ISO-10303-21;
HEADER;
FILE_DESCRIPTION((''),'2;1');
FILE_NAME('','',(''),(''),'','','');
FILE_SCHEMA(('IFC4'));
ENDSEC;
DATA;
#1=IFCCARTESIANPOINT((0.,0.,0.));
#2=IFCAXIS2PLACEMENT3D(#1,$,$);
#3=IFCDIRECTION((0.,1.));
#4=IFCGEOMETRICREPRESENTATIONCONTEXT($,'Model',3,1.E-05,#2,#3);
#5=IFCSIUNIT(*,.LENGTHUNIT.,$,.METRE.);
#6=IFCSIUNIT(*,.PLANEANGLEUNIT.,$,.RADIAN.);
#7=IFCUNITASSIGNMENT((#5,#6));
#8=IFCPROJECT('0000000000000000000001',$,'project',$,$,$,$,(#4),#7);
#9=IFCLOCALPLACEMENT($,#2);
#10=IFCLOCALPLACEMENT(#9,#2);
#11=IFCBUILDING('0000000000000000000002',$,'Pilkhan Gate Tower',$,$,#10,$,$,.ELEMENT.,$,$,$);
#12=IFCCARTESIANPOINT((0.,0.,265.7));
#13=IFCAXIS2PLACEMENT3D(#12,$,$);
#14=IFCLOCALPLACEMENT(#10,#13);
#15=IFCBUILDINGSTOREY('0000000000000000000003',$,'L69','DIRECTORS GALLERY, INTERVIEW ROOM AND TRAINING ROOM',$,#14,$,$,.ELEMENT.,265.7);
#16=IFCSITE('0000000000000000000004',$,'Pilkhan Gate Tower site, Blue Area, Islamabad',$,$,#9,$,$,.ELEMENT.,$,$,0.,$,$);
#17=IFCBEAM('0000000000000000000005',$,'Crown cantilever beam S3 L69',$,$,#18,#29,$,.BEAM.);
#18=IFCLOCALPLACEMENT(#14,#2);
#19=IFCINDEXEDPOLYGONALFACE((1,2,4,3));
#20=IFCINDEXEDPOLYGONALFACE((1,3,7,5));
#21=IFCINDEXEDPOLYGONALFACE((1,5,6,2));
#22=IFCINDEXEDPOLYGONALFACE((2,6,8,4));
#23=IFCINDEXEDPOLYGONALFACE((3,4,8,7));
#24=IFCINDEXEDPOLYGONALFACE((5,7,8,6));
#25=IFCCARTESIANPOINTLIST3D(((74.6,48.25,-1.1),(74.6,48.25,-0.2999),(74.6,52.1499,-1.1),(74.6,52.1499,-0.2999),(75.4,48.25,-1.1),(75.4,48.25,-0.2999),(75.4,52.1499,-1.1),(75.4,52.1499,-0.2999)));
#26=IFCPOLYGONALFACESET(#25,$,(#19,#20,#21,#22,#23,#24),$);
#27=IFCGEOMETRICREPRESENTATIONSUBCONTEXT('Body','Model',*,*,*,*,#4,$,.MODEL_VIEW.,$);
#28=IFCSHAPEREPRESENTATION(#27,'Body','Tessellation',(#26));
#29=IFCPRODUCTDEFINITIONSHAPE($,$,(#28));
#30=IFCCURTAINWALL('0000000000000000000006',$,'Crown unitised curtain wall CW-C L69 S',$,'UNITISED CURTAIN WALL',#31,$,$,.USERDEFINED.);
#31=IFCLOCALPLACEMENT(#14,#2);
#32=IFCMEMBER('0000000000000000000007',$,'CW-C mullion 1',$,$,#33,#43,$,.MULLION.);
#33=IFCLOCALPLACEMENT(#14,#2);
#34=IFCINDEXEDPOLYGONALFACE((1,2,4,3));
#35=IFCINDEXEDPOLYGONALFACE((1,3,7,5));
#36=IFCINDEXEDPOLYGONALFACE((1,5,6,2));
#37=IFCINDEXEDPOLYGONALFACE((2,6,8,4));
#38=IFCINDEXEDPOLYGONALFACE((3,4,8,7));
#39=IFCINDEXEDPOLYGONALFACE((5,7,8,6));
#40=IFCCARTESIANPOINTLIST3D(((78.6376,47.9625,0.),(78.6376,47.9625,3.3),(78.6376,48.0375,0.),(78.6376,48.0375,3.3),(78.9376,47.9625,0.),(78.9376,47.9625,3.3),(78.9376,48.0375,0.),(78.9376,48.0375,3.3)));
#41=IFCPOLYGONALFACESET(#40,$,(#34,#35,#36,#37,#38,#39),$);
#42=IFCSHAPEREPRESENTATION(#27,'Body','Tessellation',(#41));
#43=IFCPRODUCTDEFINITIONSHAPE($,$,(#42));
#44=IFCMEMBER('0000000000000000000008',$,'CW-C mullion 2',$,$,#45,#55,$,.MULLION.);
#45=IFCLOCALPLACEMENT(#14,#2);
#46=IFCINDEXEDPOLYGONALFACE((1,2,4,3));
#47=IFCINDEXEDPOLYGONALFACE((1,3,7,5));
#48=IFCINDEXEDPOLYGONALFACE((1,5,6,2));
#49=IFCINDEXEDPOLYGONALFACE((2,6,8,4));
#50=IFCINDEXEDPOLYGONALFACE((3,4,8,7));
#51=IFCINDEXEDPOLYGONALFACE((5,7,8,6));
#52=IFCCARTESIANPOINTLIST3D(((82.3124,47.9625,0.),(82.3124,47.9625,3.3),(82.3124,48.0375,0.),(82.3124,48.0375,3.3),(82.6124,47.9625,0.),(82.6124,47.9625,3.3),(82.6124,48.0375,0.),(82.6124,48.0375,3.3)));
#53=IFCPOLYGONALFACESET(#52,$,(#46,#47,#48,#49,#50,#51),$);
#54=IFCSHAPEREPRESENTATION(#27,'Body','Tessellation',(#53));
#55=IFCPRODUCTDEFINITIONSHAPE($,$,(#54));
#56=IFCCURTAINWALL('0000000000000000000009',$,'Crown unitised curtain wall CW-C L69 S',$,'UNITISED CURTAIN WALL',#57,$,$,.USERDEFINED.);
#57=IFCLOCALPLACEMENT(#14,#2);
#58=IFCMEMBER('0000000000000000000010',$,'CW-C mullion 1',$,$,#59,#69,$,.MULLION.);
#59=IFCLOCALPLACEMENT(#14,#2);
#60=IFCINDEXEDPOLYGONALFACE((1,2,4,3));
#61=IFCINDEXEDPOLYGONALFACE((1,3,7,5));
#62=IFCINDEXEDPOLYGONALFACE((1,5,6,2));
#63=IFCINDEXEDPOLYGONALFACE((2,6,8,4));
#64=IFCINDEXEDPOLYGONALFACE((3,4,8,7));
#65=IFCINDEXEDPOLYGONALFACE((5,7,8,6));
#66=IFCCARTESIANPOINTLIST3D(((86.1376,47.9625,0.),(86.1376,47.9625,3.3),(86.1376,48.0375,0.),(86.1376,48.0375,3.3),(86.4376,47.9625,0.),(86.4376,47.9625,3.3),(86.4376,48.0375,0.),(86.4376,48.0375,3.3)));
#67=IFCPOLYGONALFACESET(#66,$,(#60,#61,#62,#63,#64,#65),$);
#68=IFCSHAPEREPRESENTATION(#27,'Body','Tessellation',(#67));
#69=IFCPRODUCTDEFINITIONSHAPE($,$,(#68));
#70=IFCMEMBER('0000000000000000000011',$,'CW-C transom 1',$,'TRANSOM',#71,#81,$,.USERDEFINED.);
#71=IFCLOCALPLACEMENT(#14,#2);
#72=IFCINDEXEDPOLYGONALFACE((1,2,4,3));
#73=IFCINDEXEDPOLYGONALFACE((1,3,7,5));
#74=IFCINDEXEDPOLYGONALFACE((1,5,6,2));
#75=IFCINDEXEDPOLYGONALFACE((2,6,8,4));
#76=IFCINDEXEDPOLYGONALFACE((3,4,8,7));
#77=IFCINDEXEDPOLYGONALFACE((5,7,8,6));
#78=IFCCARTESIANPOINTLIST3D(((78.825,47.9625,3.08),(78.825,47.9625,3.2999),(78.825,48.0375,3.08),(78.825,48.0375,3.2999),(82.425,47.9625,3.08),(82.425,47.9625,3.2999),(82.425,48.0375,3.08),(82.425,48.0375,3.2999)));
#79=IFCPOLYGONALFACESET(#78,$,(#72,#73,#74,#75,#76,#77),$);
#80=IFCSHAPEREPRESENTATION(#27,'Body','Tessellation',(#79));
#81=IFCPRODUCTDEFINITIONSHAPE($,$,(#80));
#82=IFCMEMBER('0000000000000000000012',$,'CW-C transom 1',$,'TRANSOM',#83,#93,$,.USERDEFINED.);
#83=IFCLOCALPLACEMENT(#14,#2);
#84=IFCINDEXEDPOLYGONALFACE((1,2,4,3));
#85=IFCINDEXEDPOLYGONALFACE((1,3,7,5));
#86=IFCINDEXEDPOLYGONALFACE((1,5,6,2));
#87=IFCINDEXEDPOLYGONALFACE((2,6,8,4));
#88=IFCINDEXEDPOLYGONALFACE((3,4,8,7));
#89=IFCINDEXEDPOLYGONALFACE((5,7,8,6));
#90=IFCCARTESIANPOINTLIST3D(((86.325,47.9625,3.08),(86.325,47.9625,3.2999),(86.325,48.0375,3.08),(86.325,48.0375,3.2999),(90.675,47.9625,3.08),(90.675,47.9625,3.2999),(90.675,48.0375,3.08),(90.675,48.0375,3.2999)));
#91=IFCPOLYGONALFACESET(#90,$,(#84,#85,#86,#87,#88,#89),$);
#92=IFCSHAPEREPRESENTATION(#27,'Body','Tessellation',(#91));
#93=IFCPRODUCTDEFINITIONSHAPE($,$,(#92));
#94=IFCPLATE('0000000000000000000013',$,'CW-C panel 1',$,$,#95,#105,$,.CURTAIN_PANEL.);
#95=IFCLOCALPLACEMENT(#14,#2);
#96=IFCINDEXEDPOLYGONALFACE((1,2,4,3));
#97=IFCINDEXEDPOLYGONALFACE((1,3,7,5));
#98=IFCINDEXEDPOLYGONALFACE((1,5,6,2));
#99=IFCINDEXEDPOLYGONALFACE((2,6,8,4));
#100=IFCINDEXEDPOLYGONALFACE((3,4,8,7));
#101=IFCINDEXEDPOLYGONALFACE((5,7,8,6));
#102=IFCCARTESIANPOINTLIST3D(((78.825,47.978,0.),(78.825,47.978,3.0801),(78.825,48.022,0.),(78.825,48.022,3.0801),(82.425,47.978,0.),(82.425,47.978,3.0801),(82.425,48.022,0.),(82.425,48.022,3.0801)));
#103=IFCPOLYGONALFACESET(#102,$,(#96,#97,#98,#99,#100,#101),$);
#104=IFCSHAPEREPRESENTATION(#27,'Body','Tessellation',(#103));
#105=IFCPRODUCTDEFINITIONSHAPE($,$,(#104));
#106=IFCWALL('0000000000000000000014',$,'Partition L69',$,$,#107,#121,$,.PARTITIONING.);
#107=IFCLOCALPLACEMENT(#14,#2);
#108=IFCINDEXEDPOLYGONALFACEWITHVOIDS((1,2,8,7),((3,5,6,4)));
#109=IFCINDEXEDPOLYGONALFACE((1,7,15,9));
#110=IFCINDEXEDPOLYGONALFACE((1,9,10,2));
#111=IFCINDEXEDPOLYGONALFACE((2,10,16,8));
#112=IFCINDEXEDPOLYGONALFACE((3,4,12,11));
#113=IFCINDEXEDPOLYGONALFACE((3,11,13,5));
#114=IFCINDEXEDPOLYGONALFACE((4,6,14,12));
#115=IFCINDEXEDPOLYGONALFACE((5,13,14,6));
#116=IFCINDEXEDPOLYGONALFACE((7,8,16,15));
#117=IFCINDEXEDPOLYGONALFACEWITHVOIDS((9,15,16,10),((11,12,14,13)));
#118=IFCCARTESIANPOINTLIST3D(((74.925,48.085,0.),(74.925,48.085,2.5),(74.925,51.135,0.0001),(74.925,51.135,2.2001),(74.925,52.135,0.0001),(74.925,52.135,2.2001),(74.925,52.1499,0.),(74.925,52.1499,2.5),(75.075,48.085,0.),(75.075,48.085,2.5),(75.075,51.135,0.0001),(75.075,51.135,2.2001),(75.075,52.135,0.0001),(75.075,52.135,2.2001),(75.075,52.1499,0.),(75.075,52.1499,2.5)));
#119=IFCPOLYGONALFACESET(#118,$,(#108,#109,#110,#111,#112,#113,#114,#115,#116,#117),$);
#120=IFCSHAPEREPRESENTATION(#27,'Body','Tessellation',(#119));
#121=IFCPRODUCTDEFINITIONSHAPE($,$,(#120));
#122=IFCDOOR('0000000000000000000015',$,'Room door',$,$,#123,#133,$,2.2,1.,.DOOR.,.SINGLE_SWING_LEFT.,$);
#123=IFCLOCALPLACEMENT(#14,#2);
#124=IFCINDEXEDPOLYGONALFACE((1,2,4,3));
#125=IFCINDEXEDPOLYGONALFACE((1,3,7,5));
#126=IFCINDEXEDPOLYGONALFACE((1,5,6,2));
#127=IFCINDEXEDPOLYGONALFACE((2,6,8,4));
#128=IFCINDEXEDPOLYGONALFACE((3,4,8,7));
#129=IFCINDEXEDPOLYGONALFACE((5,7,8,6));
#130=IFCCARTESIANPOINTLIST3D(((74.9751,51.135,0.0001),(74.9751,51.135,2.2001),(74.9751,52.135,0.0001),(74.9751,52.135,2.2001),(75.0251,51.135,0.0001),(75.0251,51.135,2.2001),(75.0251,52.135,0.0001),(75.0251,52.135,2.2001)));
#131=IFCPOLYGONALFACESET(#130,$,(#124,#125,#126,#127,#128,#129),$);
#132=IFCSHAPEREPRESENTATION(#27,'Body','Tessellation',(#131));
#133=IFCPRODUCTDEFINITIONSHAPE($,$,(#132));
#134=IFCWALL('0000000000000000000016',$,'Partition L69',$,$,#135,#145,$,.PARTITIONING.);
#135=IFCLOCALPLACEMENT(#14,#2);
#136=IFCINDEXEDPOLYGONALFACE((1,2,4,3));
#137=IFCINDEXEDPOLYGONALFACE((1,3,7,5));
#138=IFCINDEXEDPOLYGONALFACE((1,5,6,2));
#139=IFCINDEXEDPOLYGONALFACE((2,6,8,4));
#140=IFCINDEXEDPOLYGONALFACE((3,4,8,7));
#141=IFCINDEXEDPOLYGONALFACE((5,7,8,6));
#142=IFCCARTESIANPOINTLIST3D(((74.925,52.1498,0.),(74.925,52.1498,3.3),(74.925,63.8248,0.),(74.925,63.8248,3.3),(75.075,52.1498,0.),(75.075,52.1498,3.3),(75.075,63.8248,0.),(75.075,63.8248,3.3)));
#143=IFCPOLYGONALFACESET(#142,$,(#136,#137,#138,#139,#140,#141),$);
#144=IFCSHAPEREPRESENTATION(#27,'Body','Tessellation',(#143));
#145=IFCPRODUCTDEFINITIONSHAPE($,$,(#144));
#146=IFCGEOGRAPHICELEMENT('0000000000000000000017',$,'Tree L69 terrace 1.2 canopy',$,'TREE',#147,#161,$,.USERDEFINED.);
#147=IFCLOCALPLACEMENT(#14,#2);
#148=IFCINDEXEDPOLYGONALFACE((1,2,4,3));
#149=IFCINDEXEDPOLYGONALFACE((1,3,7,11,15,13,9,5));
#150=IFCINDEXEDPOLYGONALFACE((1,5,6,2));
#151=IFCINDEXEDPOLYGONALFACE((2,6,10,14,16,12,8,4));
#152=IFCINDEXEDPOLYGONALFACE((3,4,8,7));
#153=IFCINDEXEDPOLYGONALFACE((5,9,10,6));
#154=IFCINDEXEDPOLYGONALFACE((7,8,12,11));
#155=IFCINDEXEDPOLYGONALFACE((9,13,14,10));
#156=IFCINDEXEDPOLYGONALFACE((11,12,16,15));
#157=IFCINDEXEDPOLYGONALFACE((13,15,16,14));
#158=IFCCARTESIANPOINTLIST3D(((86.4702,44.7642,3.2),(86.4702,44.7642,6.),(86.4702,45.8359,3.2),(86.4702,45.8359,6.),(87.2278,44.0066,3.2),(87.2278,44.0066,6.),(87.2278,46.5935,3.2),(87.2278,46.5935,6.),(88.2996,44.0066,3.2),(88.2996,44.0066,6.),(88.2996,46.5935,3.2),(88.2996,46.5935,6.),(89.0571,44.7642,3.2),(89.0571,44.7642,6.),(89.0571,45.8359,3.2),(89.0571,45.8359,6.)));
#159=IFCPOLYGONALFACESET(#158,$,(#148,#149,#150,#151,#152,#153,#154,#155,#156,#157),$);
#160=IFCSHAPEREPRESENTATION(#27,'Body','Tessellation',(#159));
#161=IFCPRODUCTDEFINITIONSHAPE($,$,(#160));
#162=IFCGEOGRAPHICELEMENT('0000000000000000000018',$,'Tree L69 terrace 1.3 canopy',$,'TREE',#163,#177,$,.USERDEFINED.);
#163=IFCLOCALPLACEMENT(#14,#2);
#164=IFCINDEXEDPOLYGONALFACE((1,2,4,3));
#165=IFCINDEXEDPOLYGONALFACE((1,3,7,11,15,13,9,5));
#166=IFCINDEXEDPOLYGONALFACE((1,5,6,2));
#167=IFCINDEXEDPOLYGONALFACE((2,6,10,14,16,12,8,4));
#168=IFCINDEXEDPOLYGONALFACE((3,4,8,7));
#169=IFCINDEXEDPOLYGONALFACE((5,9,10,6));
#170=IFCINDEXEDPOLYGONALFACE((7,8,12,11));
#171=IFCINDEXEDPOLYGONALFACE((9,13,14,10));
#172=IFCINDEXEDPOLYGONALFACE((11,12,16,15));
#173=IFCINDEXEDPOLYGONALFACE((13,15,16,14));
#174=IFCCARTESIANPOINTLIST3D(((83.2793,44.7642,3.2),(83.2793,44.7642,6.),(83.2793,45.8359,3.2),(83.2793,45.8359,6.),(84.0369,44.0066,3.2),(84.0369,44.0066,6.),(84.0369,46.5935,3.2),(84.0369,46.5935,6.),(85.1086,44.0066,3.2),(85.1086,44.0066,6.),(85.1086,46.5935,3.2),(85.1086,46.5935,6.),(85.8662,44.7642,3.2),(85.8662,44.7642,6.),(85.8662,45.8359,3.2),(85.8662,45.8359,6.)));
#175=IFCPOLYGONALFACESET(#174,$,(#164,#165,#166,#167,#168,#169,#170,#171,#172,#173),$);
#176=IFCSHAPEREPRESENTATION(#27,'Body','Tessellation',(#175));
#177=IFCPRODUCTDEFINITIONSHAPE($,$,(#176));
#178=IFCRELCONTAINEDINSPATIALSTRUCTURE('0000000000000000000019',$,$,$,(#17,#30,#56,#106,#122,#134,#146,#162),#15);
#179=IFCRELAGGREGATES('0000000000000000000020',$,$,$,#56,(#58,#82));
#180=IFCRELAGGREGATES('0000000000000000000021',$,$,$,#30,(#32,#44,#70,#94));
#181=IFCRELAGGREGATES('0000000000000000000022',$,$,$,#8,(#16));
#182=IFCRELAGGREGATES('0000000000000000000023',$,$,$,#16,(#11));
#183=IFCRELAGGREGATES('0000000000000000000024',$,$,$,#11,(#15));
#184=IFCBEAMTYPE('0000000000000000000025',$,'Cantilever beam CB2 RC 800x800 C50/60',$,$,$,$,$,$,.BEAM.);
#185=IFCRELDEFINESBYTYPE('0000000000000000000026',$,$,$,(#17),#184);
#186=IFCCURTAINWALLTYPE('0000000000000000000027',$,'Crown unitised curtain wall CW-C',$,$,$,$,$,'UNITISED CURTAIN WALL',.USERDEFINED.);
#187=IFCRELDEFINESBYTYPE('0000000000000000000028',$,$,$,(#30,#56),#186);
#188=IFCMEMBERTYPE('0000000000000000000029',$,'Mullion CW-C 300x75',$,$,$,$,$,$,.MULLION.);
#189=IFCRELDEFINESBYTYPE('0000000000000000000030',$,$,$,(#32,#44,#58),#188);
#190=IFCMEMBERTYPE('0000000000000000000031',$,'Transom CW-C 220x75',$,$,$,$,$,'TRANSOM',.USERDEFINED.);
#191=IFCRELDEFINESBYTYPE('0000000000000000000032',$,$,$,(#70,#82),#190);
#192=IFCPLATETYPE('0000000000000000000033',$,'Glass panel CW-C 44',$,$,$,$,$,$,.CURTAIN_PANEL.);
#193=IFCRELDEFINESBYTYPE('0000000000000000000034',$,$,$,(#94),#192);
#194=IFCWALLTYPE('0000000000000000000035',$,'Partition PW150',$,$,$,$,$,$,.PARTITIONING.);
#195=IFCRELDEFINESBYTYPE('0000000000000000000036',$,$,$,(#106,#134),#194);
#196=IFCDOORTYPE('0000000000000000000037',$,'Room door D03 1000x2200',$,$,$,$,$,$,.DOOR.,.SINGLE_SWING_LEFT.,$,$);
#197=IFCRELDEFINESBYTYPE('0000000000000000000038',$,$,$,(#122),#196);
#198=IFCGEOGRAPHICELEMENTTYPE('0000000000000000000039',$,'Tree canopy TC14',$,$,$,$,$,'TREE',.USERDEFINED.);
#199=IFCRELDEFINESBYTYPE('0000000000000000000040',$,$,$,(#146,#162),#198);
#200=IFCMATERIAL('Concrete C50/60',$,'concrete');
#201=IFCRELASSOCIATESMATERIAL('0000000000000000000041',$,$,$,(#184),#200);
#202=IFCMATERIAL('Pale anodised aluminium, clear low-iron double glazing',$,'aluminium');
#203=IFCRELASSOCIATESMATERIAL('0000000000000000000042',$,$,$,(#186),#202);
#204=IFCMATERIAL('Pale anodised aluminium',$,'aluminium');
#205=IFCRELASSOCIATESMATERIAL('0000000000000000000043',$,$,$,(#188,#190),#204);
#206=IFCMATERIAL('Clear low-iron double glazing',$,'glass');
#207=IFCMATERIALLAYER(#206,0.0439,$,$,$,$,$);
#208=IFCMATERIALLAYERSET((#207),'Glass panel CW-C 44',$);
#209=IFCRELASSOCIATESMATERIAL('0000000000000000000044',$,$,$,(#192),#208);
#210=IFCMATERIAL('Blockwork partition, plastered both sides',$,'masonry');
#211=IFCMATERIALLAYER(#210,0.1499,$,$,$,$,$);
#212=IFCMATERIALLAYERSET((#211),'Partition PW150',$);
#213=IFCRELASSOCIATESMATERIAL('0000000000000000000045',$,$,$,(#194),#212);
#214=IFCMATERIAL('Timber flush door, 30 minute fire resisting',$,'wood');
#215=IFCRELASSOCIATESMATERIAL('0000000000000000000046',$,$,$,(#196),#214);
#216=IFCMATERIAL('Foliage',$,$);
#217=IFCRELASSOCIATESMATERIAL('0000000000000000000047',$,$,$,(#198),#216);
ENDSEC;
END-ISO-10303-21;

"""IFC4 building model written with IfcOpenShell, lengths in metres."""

from ifc_helpers import new_model, si_unit, direction, frame, frame_2d, origin, origin_2d, place, context, subcontext, project, spatial, polyline, rectangle, outline, extrude, material, layer, layer_set, material_profile, profile_set, type_object, element, fill, aggregate, save


model = new_model("IFC4")

# Units and contexts
model_context = context("Model", 3, precision=1e-05, world=origin(), true_north=direction((0.0, 1.0)))
body_context = subcontext(model_context, "Body", "Model", "MODEL_VIEW")
ifc_project = project(units=[si_unit("LENGTHUNIT", "METRE"), si_unit("PLANEANGLEUNIT", "RADIAN")], contexts=[model_context])

# Site, building, storey
site_placement = place(None, origin())
site = spatial("IfcSite", under=ifc_project, at=site_placement, Name="Pilkhan Gate Tower site, Blue Area, Islamabad", CompositionType="ELEMENT", RefElevation=0.0)
building_placement = place(site_placement, origin())
building = spatial("IfcBuilding", under=site, at=building_placement, Name="Pilkhan Gate Tower", CompositionType="ELEMENT")
storey_placement = place(building_placement, frame((0.0, 0.0, 265.7)))
storey = spatial("IfcBuildingStorey", under=building, at=storey_placement, Name="L69", Description="DIRECTORS GALLERY, INTERVIEW ROOM AND TRAINING ROOM", CompositionType="ELEMENT", Elevation=265.7)

# Beam
ifc_material_1 = material(Name="Concrete C50/60", Category="concrete")
ifc_material_profile_1 = material_profile(ifc_material_1, rectangle(XDim=0.8, YDim=0.8, at=origin_2d()), Name="RC 800x800")
ifc_profile_set_1 = profile_set([ifc_material_profile_1], Name="Concrete C50/60")
beam_type = type_object("IfcBeamType", Name="Cantilever beam CB2 RC 800x800 C50/60", PredefinedType="BEAM", material=ifc_profile_set_1)
beam_placement = place(storey_placement, frame((75.0, 52.1499, -0.7), z_axis=(0.0, -1.0, 0.0), x_axis=(1.0, 0.0, 0.0)))
element("IfcBeam", 1, at=beam_placement, inside=storey, type_object=beam_type, Name="Crown cantilever beam S3 L69", PredefinedType="BEAM", context=body_context, shape_type="SweptSolid", body=[
    extrude(rectangle(XDim=0.8, YDim=0.8, at=origin_2d()), origin(), (0.0, 0.0, 1.0), 3.8999),
])

# Curtain wall, members
ifc_material_2 = material(Name="Pale anodised aluminium, clear low-iron double glazing", Category="aluminium")
curtain_wall_type = type_object("IfcCurtainWallType", Name="Crown unitised curtain wall CW-C", ElementType="UNITISED CURTAIN WALL", PredefinedType="USERDEFINED", material=ifc_material_2)
curtain_wall_1_placement = place(storey_placement, origin())
curtain_wall_1 = element("IfcCurtainWall", 2, at=curtain_wall_1_placement, inside=storey, type_object=curtain_wall_type, Name="Crown unitised curtain wall CW-C L69 S", ObjectType="UNITISED CURTAIN WALL", PredefinedType="USERDEFINED")
ifc_material_3 = material(Name="Pale anodised aluminium", Category="aluminium")
ifc_material_profile_2 = material_profile(ifc_material_3, rectangle(XDim=0.075, YDim=0.3, at=origin_2d()), Name="Mullion 300x75")
ifc_profile_set_2 = profile_set([ifc_material_profile_2], Name="Pale anodised aluminium")
member_type_1 = type_object("IfcMemberType", Name="Mullion CW-C 300x75", PredefinedType="MULLION", material=ifc_profile_set_2)
member_1_placement = place(storey_placement, frame((78.7876, 48.0, 0.0), z_axis=(0.0, 0.0, 1.0), x_axis=(0.0, 1.0, 0.0)))
member_1 = element("IfcMember", 3, at=member_1_placement, type_object=member_type_1, Name="CW-C mullion 1", PredefinedType="MULLION", context=body_context, shape_type="SweptSolid", body=[
    extrude(rectangle(XDim=0.075, YDim=0.3, at=origin_2d()), origin(), (0.0, 0.0, 1.0), 3.3),
])
member_2_placement = place(storey_placement, frame((82.4624, 48.0, 0.0), z_axis=(0.0, 0.0, 1.0), x_axis=(0.0, 1.0, 0.0)))
member_2 = element("IfcMember", 4, at=member_2_placement, type_object=member_type_1, Name="CW-C mullion 2", PredefinedType="MULLION", context=body_context, shape_type="SweptSolid", body=[
    extrude(rectangle(XDim=0.075, YDim=0.3, at=origin_2d()), origin(), (0.0, 0.0, 1.0), 3.3),
])

# Curtain wall, member
curtain_wall_2_placement = place(storey_placement, origin())
curtain_wall_2 = element("IfcCurtainWall", 5, at=curtain_wall_2_placement, inside=storey, type_object=curtain_wall_type, Name="Crown unitised curtain wall CW-C L69 S", ObjectType="UNITISED CURTAIN WALL", PredefinedType="USERDEFINED")
member_3_placement = place(storey_placement, frame((86.2876, 48.0, 0.0), z_axis=(0.0, 0.0, 1.0), x_axis=(0.0, 1.0, 0.0)))
member_3 = element("IfcMember", 6, at=member_3_placement, type_object=member_type_1, Name="CW-C mullion 1", PredefinedType="MULLION", context=body_context, shape_type="SweptSolid", body=[
    extrude(rectangle(XDim=0.075, YDim=0.3, at=origin_2d()), origin(), (0.0, 0.0, 1.0), 3.3),
])

# Members
ifc_material_profile_3 = material_profile(ifc_material_3, rectangle(XDim=0.075, YDim=0.22, at=origin_2d()), Name="Transom 220x75")
ifc_profile_set_3 = profile_set([ifc_material_profile_3], Name="Pale anodised aluminium")
member_type_2 = type_object("IfcMemberType", Name="Transom CW-C 220x75", ElementType="TRANSOM", PredefinedType="USERDEFINED", material=ifc_profile_set_3)
member_4_placement = place(storey_placement, frame((78.825, 48.0, 3.1899), z_axis=(1.0, 0.0, 0.0), x_axis=(0.0, 1.0, 0.0)))
member_4 = element("IfcMember", 7, at=member_4_placement, type_object=member_type_2, Name="CW-C transom 1", ObjectType="TRANSOM", PredefinedType="USERDEFINED", context=body_context, shape_type="SweptSolid", body=[
    extrude(rectangle(XDim=0.075, YDim=0.22, at=origin_2d()), origin(), (0.0, 0.0, 1.0), 3.6001),
])
member_5_placement = place(storey_placement, frame((86.325, 48.0, 3.1899), z_axis=(1.0, 0.0, 0.0), x_axis=(0.0, 1.0, 0.0)))
member_5 = element("IfcMember", 8, at=member_5_placement, type_object=member_type_2, Name="CW-C transom 1", ObjectType="TRANSOM", PredefinedType="USERDEFINED", context=body_context, shape_type="SweptSolid", body=[
    extrude(rectangle(XDim=0.075, YDim=0.22, at=origin_2d()), origin(), (0.0, 0.0, 1.0), 4.3501),
])
aggregate(curtain_wall_2, [member_3, member_5])

# Plate
ifc_material_4 = material(Name="Clear low-iron double glazing", Category="glass")
ifc_layer_1 = layer(ifc_material_4, 0.0439)
ifc_layer_set_1 = layer_set([ifc_layer_1], Name="Glass panel CW-C 44")
plate_type = type_object("IfcPlateType", Name="Glass panel CW-C 44", PredefinedType="CURTAIN_PANEL", material=ifc_layer_set_1)
plate_placement = place(storey_placement, frame((80.625, 48.0, 0.0), z_axis=(0.0, 0.0, 1.0), x_axis=(1.0, 0.0, 0.0)))
plate = element("IfcPlate", 9, at=plate_placement, type_object=plate_type, Name="CW-C panel 1", PredefinedType="CURTAIN_PANEL", context=body_context, shape_type="SweptSolid", body=[
    extrude(rectangle(XDim=3.6001, YDim=0.0439, at=origin_2d()), origin(), (0.0, 0.0, 1.0), 3.0801),
])
aggregate(curtain_wall_1, [member_1, member_2, member_4, plate])

# Wall, opening, door
ifc_material_5 = material(Name="Blockwork partition, plastered both sides", Category="masonry")
ifc_layer_2 = layer(ifc_material_5, 0.1499)
ifc_layer_set_2 = layer_set([ifc_layer_2], Name="Partition PW150")
wall_type_1 = type_object("IfcWallType", Name="Partition PW150", PredefinedType="PARTITIONING", material=ifc_layer_set_2)
wall_1_placement = place(storey_placement, frame((75.0, 48.085, 0.0), z_axis=(0.0, 0.0, 1.0), x_axis=(0.0, 1.0, 0.0)))
wall_1 = element("IfcWall", 10, at=wall_1_placement, inside=storey, type_object=wall_type_1, Name="Partition L69", PredefinedType="PARTITIONING", context=body_context, shape_type="SweptSolid", body=[
    extrude(rectangle(XDim=4.0649, YDim=0.1499, at=frame_2d((2.0325, 0.0))), origin(), (0.0, 0.0, 1.0), 2.5),
])
opening_1_placement = place(wall_1_placement, frame((3.05, 0.0, 0.0)))
opening_1 = element("IfcOpeningElement", 11, at=opening_1_placement, cuts=wall_1, PredefinedType="OPENING", context=body_context, shape_type="SweptSolid", body=[
    extrude(rectangle(XDim=1.0, YDim=2.2, at=frame_2d((0.5, 1.1001))), frame((0.0, 0.085, 0.0), z_axis=(0.0, -1.0, 0.0), x_axis=(1.0, 0.0, 0.0)), (0.0, 0.0, 1.0), 0.1699),
])
ifc_material_6 = material(Name="Timber flush door, 30 minute fire resisting", Category="wood")
door_type_1 = type_object("IfcDoorType", Name="Room door D03 1000x2200", OperationType="SINGLE_SWING_LEFT", PredefinedType="DOOR", material=ifc_material_6)
door_1_placement = place(opening_1_placement, origin())
door_1 = element("IfcDoor", 12, at=door_1_placement, inside=storey, type_object=door_type_1, Name="Room door", OperationType="SINGLE_SWING_LEFT", OverallHeight=2.2, OverallWidth=1.0, PredefinedType="DOOR", context=body_context, shape_type="SweptSolid", body=[
    extrude(rectangle(XDim=1.0, YDim=2.2, at=frame_2d((0.5, 1.1001))), frame((0.0, 0.0249, 0.0), z_axis=(0.0, -1.0, 0.0), x_axis=(1.0, 0.0, 0.0)), (0.0, 0.0, 1.0), 0.05),
])
fill(opening_1, door_1)

# Wall
wall_2_placement = place(storey_placement, frame((75.0, 52.1499, 0.0), z_axis=(0.0, 0.0, 1.0), x_axis=(0.0, 1.0, 0.0)))
element("IfcWall", 13, at=wall_2_placement, inside=storey, type_object=wall_type_1, Name="Partition L69", PredefinedType="PARTITIONING", context=body_context, shape_type="SweptSolid", body=[
    extrude(rectangle(XDim=11.675, YDim=0.1499, at=frame_2d((5.8374, 0.0))), origin(), (0.0, 0.0, 1.0), 3.3),
])

# Geographic elements
ifc_material_7 = material(Name="Foliage")
ifc_material_profile_4 = material_profile(ifc_material_7, outline(polyline([(1.2935, 0.5359), (0.5359, 1.2935), (-0.5359, 1.2935), (-1.2935, 0.5359), (-1.2935, -0.5359), (-0.5359, -1.2935), (0.5359, -1.2935), (1.2935, -0.5359), (1.2935, 0.5359)])), Name="Canopy D2.8")
ifc_profile_set_4 = profile_set([ifc_material_profile_4], Name="Foliage")
geographic_element_type_1 = type_object("IfcGeographicElementType", Name="Tree canopy TC14", ElementType="TREE", PredefinedType="USERDEFINED", material=ifc_profile_set_4)
for number, where, z_axis, x_axis, name in (
    (14, (87.7637, 45.3, 3.2), (0.0, 0.0, 1.0), (1.0, 0.0, 0.0), "Tree L69 terrace 1.2 canopy"),
    (15, (84.5728, 45.3, 3.2), (0.0, 0.0, 1.0), (1.0, 0.0, 0.0), "Tree L69 terrace 1.3 canopy"),
):
    element("IfcGeographicElement", number, at=place(storey_placement, frame(where, z_axis=z_axis, x_axis=x_axis)), inside=storey, type_object=geographic_element_type_1, Name=name, ObjectType="TREE", PredefinedType="USERDEFINED", context=body_context, shape_type="SweptSolid", body=[
        extrude(outline(polyline([(1.2935, 0.5359), (0.5359, 1.2935), (-0.5359, 1.2935), (-1.2935, 0.5359), (-1.2935, -0.5359), (-0.5359, -1.2935), (0.5359, -1.2935), (1.2935, -0.5359), (1.2935, 0.5359)])), origin(), (0.0, 0.0, 1.0), 2.8),
    ])

save(model, "model.ifc")
